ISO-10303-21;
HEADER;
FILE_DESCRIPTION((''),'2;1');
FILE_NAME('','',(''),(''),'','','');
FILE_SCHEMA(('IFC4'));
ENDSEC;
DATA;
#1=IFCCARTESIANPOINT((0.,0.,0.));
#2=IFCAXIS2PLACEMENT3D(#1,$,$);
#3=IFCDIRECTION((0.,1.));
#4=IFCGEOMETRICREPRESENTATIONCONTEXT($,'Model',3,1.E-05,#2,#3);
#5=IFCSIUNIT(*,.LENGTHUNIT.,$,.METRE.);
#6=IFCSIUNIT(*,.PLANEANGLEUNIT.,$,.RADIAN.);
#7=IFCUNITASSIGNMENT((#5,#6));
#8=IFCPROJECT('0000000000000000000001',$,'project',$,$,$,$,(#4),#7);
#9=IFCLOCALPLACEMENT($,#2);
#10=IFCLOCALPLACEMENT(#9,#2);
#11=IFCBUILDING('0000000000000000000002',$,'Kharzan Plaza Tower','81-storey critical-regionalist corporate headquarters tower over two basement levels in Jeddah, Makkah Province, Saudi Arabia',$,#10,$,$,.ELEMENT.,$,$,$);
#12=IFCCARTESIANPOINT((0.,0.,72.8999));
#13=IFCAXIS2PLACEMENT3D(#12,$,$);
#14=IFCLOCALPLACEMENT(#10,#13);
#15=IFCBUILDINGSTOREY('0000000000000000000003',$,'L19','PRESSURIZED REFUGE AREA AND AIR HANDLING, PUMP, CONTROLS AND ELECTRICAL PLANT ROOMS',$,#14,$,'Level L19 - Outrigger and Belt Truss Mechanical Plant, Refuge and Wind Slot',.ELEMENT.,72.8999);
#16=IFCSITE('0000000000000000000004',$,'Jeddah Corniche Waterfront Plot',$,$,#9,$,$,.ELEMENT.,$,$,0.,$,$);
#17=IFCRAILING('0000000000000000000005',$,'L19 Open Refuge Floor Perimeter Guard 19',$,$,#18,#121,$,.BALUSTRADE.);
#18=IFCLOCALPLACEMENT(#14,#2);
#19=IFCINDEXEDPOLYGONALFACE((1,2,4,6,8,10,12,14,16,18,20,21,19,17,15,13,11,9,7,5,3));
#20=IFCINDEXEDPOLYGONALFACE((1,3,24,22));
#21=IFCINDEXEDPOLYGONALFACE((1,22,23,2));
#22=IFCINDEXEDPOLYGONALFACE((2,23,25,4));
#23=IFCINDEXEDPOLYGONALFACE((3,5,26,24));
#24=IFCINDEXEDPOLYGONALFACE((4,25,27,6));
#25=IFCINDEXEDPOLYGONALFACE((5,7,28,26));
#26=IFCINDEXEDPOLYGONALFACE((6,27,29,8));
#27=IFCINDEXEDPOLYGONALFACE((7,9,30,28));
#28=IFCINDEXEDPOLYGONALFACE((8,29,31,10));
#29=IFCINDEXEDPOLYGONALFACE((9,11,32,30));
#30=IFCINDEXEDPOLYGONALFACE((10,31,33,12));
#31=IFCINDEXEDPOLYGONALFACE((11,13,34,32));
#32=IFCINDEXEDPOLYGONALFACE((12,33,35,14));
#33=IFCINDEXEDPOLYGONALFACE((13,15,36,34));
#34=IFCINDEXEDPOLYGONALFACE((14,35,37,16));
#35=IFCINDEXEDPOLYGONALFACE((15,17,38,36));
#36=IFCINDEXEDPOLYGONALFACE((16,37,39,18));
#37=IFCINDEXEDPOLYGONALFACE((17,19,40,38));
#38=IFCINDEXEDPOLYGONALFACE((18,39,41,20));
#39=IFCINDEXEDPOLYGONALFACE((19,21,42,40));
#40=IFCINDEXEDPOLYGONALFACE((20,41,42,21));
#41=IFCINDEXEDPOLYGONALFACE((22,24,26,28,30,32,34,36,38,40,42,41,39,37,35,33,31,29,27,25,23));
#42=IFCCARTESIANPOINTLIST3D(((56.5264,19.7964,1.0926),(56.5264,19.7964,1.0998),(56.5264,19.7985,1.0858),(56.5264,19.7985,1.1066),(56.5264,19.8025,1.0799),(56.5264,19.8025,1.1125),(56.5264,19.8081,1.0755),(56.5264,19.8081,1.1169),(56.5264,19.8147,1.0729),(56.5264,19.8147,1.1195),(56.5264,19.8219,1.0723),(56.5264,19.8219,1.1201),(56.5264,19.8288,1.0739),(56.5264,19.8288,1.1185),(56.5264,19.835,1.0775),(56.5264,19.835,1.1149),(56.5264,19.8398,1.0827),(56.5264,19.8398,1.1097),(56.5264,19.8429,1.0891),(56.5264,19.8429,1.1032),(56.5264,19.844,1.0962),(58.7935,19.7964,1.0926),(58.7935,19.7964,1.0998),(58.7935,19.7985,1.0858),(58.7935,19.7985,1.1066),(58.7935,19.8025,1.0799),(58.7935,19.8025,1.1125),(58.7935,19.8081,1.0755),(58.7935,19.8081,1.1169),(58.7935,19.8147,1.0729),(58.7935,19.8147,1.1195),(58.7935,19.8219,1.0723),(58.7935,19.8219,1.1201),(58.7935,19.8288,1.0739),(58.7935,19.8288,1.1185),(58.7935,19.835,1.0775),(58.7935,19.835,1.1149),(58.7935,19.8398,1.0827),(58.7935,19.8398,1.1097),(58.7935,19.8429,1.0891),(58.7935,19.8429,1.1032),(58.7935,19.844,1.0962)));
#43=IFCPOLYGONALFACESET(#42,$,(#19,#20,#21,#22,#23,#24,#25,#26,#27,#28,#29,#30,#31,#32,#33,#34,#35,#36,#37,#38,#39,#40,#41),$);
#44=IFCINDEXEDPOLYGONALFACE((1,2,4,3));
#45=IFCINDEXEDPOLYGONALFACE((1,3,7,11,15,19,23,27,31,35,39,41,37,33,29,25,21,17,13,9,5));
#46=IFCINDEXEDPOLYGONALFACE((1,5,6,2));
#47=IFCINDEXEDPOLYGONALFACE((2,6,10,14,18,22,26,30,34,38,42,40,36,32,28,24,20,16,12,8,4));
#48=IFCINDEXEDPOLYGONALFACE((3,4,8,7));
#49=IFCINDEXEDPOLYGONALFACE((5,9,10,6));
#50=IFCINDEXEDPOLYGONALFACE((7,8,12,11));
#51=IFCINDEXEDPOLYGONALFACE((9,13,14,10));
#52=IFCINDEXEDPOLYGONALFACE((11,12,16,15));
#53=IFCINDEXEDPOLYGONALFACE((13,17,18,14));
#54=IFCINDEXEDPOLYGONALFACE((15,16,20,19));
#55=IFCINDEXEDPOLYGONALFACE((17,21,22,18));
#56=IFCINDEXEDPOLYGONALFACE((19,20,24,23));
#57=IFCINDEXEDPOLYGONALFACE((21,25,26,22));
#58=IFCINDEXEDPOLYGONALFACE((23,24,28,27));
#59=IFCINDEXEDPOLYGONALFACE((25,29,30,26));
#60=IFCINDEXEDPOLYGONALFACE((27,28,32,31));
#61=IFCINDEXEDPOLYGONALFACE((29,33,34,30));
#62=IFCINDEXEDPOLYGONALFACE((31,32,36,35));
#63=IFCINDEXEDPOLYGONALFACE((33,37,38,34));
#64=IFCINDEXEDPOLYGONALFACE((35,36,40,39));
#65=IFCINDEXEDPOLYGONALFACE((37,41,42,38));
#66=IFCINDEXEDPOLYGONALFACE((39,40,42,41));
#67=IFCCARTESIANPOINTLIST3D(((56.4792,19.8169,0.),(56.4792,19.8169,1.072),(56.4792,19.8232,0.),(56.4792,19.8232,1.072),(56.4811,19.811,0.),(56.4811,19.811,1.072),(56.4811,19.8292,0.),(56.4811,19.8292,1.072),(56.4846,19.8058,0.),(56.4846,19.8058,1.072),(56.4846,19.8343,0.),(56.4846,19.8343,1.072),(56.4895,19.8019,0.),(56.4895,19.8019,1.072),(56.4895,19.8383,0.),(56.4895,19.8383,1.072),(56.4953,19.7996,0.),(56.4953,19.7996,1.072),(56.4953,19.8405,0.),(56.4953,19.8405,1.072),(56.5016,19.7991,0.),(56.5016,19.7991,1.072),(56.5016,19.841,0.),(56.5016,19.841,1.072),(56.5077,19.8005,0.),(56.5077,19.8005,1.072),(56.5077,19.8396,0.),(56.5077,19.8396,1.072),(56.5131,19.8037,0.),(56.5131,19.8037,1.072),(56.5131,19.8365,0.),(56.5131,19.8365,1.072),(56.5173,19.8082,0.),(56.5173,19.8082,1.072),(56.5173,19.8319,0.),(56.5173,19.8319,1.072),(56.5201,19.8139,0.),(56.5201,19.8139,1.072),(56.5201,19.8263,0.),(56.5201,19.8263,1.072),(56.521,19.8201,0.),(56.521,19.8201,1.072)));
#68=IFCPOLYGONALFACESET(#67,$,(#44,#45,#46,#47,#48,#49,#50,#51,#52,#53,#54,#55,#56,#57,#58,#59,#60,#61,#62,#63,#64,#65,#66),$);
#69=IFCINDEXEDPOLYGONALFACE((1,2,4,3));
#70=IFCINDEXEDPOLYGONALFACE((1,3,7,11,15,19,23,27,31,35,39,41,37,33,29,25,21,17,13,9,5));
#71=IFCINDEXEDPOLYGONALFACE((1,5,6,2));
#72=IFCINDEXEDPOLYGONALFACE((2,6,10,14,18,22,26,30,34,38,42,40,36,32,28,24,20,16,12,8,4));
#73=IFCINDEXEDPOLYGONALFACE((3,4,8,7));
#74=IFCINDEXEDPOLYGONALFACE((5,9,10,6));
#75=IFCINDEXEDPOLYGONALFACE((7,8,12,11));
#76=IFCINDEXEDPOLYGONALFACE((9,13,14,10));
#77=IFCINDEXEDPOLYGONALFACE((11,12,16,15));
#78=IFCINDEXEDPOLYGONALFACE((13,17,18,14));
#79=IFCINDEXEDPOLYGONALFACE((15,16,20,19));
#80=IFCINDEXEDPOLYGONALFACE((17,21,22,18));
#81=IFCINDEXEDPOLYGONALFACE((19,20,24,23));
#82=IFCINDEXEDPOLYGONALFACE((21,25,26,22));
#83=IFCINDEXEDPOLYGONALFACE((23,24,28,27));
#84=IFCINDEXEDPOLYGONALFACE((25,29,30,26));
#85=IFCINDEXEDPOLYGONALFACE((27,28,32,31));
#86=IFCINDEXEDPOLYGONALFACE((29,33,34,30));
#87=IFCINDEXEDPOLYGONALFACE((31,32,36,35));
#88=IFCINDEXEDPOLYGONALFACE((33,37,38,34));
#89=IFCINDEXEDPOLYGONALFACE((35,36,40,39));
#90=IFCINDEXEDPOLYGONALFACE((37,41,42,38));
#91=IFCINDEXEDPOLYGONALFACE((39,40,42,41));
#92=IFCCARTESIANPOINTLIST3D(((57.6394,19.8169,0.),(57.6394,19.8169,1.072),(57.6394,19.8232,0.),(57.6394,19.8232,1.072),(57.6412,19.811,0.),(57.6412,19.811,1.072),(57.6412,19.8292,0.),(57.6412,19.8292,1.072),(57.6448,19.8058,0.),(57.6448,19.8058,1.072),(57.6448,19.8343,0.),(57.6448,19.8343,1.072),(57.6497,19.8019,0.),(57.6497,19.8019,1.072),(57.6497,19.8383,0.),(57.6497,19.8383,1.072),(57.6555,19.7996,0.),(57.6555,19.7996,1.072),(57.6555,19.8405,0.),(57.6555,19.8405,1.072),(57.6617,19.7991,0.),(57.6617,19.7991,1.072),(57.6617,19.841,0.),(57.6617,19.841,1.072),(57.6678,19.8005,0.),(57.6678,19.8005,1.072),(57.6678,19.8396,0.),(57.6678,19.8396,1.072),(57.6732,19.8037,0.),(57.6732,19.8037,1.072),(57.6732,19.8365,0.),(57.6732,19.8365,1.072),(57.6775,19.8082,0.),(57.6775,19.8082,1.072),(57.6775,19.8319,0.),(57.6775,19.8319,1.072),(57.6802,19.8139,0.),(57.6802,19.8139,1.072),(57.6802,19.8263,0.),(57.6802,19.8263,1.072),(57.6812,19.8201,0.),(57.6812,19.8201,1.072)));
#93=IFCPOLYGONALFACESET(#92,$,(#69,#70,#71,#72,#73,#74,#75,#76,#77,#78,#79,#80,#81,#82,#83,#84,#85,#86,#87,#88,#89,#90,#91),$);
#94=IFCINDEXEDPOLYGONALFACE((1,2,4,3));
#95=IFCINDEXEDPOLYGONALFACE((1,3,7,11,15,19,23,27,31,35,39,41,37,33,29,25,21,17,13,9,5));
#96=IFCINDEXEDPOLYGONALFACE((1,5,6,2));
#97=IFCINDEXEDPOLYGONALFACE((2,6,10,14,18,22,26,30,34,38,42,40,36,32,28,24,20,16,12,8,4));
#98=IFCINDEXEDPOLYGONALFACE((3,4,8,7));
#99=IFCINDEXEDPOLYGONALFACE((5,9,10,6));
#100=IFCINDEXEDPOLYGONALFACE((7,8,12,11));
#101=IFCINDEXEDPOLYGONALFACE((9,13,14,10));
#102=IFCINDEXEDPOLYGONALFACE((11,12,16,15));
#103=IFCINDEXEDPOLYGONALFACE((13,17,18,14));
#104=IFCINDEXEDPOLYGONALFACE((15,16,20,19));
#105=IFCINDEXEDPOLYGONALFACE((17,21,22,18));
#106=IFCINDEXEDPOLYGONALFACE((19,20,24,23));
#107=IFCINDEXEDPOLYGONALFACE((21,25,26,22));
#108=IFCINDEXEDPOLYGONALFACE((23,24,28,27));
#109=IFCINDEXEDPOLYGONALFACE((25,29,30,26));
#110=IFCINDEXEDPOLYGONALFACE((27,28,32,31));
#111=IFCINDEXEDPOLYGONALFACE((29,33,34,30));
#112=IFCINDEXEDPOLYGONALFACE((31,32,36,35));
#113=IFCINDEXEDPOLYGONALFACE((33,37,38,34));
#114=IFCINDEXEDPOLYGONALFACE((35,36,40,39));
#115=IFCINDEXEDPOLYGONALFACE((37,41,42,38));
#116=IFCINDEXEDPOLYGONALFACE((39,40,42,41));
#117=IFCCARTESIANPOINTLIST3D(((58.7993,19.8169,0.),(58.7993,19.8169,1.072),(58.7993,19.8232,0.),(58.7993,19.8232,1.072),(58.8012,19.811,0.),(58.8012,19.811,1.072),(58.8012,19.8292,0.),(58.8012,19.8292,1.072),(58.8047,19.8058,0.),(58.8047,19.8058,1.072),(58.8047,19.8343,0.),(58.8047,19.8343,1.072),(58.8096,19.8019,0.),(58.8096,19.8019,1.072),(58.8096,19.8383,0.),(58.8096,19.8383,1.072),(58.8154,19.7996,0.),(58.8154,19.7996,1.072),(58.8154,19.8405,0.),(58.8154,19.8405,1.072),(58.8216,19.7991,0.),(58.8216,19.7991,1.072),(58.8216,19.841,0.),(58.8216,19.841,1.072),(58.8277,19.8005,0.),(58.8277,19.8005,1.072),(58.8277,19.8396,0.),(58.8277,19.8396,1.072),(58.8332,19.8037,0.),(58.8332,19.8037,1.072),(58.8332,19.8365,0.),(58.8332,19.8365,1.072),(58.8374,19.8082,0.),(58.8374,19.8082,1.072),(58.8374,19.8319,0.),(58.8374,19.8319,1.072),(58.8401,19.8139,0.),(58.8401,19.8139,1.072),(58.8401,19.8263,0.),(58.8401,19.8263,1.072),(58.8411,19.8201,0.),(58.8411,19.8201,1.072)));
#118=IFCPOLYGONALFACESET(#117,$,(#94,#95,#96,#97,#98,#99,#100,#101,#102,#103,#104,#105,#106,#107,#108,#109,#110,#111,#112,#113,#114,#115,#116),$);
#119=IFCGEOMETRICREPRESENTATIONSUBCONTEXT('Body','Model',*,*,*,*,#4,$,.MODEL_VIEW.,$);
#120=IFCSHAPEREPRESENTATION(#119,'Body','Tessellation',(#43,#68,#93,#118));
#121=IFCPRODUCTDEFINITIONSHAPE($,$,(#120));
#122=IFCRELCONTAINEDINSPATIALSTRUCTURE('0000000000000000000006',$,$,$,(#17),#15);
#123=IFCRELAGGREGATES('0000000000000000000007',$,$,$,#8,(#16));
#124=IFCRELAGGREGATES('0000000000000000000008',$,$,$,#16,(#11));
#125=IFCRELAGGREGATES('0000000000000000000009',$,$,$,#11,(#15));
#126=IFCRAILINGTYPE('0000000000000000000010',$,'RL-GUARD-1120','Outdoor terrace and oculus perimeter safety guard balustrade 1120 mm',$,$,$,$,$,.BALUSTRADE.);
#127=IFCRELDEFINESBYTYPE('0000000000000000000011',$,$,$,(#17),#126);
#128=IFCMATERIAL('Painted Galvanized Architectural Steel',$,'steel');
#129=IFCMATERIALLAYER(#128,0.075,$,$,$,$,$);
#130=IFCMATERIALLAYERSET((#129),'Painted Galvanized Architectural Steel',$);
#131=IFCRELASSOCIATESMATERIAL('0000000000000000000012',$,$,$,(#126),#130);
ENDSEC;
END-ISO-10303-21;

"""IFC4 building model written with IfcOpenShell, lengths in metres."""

from ifc_helpers import new_model, si_unit, direction, frame, origin, origin_2d, place, context, subcontext, project, spatial, circle, extrude, source, transform, mapped, material, layer, layer_set, type_object, element, save


model = new_model("IFC4")

# Units and contexts
model_context = context("Model", 3, precision=1e-05, world=origin(), true_north=direction((0.0, 1.0)))
body_context = subcontext(model_context, "Body", "Model", "MODEL_VIEW")
ifc_project = project(units=[si_unit("LENGTHUNIT", "METRE"), si_unit("PLANEANGLEUNIT", "RADIAN")], contexts=[model_context])

# Site, building, storey
site_placement = place(None, origin())
site = spatial("IfcSite", under=ifc_project, at=site_placement, Name="Jeddah Corniche Waterfront Plot", CompositionType="ELEMENT", RefElevation=0.0)
building_placement = place(site_placement, origin())
building = spatial("IfcBuilding", under=site, at=building_placement, Name="Kharzan Plaza Tower", Description="81-storey critical-regionalist corporate headquarters tower over two basement levels in Jeddah, Makkah Province, Saudi Arabia", CompositionType="ELEMENT")
storey_placement = place(building_placement, frame((0.0, 0.0, 72.8999)))
storey = spatial("IfcBuildingStorey", under=building, at=storey_placement, Name="L19", Description="PRESSURIZED REFUGE AREA AND AIR HANDLING, PUMP, CONTROLS AND ELECTRICAL PLANT ROOMS", LongName="Level L19 - Outrigger and Belt Truss Mechanical Plant, Refuge and Wind Slot", CompositionType="ELEMENT", Elevation=72.8999)

# Railing
ifc_material_1 = material(Name="Painted Galvanized Architectural Steel", Category="steel")
ifc_layer_1 = layer(ifc_material_1, 0.075)
ifc_layer_set_1 = layer_set([ifc_layer_1], Name="Painted Galvanized Architectural Steel")
railing_type = type_object("IfcRailingType", Name="RL-GUARD-1120", Description="Outdoor terrace and oculus perimeter safety guard balustrade 1120 mm", PredefinedType="BALUSTRADE", material=ifc_layer_set_1)
shared_shape_1 = source(origin(), body_context, "Body", "SweptSolid", [
    extrude(circle(Radius=0.0239, at=origin_2d()), frame((0.0264, 0.0, 1.0962), z_axis=(1.0, 0.0, 0.0), x_axis=(0.0, 1.0, 0.0)), (0.0, 0.0, 1.0), 2.2671),
    extrude(circle(Radius=0.021, at=origin_2d()), origin(), (0.0, 0.0, 1.0), 1.072),
    extrude(circle(Radius=0.021, at=origin_2d()), frame((1.1602, 0.0, 0.0)), (0.0, 0.0, 1.0), 1.072),
    extrude(circle(Radius=0.021, at=origin_2d()), frame((2.3201, 0.0, 0.0)), (0.0, 0.0, 1.0), 1.072),
])
railing_1_placement = place(storey_placement, frame((56.5, 19.8201, 0.0)))
element("IfcRailing", 1, at=railing_1_placement, inside=storey, type_object=railing_type, Name="L19 Open Refuge Floor Perimeter Guard 19", PredefinedType="BALUSTRADE", context=body_context, shape_type="MappedRepresentation", body=[
    mapped(shared_shape_1, transform((0.0, 0.0, 0.0), x_axis=(1.0, 0.0, 0.0), y_axis=(0.0, 1.0, 0.0), z_axis=(0.0, 0.0, 1.0))),
])

save(model, "model.ifc")
